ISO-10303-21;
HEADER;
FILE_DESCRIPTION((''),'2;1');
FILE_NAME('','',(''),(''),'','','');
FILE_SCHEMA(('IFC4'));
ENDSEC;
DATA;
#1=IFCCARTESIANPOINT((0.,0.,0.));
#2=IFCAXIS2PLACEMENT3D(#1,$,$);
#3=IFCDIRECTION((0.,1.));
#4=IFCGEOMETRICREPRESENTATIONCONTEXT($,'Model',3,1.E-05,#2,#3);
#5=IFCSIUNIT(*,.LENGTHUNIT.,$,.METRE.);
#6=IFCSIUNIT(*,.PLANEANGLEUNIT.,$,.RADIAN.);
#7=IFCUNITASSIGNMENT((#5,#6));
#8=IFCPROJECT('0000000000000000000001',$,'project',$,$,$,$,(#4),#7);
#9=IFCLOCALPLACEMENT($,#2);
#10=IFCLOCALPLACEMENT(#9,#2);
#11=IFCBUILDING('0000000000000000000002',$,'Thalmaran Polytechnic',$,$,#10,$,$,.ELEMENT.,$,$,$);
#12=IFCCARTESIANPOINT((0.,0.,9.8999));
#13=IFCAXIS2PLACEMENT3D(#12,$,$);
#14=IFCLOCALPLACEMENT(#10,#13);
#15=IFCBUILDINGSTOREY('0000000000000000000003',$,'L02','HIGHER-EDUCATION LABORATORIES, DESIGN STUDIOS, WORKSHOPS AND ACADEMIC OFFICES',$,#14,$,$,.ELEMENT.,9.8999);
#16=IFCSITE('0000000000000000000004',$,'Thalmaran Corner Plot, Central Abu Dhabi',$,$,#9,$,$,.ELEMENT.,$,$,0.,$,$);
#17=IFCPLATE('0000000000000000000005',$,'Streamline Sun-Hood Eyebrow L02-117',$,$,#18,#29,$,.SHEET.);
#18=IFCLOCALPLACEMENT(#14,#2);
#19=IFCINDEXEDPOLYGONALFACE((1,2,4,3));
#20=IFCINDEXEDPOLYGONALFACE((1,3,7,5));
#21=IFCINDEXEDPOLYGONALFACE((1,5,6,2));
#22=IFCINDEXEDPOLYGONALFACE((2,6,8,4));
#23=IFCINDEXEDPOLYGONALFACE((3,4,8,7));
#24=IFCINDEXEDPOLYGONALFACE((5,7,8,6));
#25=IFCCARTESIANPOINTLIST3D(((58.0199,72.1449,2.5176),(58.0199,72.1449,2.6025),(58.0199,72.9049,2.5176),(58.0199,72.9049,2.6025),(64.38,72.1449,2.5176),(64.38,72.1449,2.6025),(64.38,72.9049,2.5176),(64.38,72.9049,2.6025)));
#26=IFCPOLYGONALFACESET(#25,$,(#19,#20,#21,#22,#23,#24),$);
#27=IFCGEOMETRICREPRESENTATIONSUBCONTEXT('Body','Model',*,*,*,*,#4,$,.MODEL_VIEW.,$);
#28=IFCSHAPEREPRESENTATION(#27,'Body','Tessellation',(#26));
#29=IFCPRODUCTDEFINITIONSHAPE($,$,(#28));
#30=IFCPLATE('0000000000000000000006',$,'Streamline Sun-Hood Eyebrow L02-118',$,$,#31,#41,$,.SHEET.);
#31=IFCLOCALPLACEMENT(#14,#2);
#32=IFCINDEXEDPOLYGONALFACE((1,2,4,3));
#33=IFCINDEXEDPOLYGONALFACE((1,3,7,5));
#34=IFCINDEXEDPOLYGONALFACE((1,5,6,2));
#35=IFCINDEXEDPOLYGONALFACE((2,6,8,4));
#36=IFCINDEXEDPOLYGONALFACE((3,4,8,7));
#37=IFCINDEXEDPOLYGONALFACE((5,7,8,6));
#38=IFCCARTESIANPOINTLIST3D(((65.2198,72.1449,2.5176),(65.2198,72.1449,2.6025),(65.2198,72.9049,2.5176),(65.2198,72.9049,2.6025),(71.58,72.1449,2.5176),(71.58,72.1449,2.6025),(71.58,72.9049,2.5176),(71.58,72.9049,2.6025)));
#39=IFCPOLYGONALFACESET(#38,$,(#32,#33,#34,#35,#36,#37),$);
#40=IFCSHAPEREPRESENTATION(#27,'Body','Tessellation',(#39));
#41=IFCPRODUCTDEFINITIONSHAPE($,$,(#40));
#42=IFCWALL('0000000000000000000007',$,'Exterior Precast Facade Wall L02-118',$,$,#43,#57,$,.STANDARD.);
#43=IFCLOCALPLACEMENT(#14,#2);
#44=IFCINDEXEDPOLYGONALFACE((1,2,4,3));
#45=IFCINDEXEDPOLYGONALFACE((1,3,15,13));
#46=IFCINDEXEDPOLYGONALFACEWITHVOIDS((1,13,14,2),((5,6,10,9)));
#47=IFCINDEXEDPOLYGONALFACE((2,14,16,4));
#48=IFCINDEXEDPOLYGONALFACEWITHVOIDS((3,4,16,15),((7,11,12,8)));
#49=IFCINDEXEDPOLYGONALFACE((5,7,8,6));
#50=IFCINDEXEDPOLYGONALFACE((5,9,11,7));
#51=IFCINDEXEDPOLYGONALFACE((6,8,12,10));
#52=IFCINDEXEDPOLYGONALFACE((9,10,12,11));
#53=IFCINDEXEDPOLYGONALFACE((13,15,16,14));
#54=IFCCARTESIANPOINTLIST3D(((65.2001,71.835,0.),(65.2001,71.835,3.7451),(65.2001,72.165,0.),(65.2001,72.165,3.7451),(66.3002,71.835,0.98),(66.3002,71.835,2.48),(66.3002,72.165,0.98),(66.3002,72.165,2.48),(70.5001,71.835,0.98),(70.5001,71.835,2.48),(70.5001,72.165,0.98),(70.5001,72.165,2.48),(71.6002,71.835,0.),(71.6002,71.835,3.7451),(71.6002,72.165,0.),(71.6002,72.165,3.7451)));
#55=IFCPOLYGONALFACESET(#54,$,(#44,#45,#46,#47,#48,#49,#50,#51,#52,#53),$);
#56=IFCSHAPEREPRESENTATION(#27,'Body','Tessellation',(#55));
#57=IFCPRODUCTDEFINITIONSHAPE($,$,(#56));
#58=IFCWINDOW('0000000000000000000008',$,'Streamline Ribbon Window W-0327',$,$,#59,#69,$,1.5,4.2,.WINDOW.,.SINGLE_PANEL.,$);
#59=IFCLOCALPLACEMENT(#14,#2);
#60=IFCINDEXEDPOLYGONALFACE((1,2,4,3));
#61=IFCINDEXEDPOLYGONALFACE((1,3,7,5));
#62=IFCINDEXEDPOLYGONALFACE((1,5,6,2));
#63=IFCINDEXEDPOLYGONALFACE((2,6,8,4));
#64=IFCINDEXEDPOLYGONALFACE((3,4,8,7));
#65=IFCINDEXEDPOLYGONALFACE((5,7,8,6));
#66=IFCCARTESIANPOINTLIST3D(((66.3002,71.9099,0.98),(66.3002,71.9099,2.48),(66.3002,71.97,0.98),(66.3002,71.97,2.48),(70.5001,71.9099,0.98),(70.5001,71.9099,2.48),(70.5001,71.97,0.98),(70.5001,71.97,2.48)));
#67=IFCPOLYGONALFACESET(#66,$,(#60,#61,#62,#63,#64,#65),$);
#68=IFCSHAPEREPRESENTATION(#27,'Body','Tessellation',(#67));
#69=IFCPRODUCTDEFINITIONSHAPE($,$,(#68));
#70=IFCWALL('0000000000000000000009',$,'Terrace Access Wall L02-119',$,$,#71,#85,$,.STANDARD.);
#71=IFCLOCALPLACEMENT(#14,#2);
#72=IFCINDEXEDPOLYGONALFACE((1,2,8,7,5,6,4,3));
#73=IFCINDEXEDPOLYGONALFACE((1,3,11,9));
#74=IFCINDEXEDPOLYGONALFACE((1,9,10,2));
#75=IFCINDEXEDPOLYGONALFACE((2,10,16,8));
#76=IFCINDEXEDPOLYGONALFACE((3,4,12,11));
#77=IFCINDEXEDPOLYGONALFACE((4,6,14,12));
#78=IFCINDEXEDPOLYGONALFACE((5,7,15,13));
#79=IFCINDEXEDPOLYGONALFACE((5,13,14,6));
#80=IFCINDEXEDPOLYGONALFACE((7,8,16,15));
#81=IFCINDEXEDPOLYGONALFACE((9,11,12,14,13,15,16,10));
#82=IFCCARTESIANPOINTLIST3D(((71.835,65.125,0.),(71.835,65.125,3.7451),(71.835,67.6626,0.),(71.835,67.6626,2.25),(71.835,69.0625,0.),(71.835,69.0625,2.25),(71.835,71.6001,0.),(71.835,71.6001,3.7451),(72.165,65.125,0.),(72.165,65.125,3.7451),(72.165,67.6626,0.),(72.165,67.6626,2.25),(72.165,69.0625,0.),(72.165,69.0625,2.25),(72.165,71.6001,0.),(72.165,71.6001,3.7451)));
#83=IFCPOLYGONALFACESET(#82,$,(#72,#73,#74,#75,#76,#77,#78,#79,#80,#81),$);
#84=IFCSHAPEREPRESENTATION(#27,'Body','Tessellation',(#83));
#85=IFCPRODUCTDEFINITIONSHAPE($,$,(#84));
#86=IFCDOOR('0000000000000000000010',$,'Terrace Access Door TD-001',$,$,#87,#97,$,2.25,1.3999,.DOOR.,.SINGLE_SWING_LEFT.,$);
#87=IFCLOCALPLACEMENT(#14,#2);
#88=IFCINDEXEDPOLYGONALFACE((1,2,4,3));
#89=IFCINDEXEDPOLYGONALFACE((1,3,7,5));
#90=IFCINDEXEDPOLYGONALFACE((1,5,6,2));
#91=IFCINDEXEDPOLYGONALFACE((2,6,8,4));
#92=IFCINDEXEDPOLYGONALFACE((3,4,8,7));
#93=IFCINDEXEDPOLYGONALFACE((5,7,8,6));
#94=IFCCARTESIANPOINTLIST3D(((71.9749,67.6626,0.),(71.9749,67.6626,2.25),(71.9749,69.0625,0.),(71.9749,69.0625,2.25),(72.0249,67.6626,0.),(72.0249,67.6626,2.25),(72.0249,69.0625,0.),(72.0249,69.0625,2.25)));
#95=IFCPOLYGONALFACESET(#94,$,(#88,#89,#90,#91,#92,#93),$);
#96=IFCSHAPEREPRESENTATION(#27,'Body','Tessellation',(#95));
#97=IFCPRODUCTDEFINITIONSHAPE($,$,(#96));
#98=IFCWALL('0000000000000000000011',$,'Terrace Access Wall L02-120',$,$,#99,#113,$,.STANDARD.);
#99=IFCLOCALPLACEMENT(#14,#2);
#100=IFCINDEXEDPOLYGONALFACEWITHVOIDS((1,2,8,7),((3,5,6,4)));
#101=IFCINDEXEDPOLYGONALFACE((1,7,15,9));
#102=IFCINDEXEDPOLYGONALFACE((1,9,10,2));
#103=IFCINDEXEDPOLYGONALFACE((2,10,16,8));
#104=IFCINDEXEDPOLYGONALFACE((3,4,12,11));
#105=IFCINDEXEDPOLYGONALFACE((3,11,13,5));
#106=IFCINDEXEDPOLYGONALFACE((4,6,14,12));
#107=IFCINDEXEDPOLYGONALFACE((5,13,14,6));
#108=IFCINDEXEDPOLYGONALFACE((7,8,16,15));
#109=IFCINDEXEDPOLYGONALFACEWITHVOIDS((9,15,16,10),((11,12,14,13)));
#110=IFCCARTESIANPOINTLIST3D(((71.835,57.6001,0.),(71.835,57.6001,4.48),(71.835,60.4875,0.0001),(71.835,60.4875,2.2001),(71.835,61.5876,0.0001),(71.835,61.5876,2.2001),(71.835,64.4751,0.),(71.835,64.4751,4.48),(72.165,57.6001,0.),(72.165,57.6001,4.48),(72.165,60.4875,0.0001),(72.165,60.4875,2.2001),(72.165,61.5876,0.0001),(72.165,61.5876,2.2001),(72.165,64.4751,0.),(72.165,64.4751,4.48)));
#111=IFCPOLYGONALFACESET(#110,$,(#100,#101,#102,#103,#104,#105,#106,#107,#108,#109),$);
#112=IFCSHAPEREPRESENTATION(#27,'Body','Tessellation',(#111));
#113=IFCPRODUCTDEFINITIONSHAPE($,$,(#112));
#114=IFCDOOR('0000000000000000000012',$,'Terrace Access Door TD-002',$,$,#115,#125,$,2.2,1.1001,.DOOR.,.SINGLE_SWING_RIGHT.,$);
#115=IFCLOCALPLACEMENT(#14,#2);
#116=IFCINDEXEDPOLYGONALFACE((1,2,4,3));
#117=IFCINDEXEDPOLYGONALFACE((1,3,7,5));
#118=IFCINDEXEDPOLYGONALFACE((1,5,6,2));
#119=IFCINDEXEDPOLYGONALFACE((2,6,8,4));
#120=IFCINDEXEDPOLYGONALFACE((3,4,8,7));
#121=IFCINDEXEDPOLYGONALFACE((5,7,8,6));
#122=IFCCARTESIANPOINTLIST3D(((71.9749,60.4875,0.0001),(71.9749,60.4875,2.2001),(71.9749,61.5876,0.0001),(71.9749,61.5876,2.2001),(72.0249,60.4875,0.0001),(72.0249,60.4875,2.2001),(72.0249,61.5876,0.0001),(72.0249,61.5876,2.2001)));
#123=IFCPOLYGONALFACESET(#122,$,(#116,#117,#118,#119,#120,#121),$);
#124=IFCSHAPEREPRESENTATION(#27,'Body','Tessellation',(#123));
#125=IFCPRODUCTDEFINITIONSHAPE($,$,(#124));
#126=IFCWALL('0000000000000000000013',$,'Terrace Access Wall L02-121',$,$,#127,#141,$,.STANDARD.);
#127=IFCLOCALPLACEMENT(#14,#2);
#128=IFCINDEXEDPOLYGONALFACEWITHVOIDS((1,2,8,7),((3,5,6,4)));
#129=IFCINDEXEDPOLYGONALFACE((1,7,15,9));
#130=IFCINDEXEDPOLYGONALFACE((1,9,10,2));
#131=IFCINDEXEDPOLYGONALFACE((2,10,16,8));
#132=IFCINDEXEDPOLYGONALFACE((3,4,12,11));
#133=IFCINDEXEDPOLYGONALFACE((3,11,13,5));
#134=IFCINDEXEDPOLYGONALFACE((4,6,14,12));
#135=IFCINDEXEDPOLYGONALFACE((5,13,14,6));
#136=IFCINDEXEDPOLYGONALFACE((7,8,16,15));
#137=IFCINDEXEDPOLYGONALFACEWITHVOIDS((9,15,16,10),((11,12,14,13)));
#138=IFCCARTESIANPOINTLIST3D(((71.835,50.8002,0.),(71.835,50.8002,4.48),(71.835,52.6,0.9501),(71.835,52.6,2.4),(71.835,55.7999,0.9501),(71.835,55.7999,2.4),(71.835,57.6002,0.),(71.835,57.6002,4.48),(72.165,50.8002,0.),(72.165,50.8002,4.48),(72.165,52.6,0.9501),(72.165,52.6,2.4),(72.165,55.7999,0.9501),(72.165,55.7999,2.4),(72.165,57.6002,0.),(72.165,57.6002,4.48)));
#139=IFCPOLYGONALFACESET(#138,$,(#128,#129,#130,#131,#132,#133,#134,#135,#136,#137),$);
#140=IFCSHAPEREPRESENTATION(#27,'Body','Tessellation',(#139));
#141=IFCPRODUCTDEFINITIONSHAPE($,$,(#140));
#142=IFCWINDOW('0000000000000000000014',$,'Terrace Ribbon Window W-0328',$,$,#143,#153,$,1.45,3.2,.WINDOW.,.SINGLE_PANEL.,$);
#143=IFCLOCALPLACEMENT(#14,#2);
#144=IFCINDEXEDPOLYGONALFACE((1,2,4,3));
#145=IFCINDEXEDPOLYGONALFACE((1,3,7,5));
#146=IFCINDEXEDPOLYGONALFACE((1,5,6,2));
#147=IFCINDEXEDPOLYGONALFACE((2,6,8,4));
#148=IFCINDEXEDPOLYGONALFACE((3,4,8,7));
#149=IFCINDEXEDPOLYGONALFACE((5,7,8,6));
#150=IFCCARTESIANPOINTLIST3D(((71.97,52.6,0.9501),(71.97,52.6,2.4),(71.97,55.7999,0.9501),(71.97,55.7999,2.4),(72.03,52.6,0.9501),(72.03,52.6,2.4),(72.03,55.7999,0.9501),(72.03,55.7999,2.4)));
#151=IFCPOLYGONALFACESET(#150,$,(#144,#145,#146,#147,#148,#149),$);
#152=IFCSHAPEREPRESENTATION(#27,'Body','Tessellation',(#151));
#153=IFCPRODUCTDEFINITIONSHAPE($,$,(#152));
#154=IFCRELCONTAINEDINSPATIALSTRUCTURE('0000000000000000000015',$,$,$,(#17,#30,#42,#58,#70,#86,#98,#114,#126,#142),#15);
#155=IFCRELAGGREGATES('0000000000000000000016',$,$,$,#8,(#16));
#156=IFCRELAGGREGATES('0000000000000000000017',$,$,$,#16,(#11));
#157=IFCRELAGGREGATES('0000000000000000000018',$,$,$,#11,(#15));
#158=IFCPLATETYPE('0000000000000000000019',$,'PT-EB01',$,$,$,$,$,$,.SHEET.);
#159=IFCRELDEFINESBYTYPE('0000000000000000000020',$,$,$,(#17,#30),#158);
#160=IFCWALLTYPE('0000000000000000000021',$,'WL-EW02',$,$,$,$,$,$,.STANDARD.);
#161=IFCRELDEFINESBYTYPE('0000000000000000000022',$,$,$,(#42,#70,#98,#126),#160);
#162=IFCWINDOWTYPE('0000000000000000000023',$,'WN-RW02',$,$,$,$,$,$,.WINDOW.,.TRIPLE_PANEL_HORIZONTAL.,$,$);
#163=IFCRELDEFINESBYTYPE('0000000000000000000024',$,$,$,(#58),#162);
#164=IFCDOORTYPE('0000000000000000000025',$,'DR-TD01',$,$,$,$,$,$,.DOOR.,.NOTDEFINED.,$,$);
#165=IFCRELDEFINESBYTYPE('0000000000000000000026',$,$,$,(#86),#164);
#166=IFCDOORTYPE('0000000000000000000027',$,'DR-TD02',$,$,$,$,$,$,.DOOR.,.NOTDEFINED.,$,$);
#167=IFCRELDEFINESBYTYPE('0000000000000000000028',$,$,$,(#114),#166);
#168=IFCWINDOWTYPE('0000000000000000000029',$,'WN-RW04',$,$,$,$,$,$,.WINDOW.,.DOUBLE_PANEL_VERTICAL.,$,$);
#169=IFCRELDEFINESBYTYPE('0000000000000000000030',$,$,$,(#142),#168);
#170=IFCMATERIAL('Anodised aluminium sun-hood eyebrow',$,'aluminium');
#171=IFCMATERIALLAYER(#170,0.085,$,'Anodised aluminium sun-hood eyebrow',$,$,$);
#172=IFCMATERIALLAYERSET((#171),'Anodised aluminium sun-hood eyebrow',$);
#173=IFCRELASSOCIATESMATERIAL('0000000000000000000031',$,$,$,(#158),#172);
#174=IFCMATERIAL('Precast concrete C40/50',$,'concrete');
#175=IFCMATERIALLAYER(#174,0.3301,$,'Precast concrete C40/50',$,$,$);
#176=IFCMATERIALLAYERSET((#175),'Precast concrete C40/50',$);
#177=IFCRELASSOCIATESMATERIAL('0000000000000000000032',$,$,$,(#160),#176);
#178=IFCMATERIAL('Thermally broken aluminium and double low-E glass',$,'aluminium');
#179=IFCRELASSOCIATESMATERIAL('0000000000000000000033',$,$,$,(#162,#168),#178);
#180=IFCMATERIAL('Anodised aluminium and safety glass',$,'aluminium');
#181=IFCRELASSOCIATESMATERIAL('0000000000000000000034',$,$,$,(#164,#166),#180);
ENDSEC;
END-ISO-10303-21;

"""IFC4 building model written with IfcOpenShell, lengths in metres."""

from ifc_helpers import new_model, si_unit, direction, frame, frame_2d, origin, origin_2d, place, context, subcontext, project, spatial, rectangle, extrude, material, layer, layer_set, type_object, element, fill, save


model = new_model("IFC4")

# Units and contexts
model_context = context("Model", 3, precision=1e-05, world=origin(), true_north=direction((0.0, 1.0)))
body_context = subcontext(model_context, "Body", "Model", "MODEL_VIEW")
ifc_project = project(units=[si_unit("LENGTHUNIT", "METRE"), si_unit("PLANEANGLEUNIT", "RADIAN")], contexts=[model_context])

# Site, building, storey
site_placement = place(None, origin())
site = spatial("IfcSite", under=ifc_project, at=site_placement, Name="Thalmaran Corner Plot, Central Abu Dhabi", CompositionType="ELEMENT", RefElevation=0.0)
building_placement = place(site_placement, origin())
building = spatial("IfcBuilding", under=site, at=building_placement, Name="Thalmaran Polytechnic", CompositionType="ELEMENT")
storey_placement = place(building_placement, frame((0.0, 0.0, 9.8999)))
storey = spatial("IfcBuildingStorey", under=building, at=storey_placement, Name="L02", Description="HIGHER-EDUCATION LABORATORIES, DESIGN STUDIOS, WORKSHOPS AND ACADEMIC OFFICES", CompositionType="ELEMENT", Elevation=9.8999)

# Plates
ifc_material_1 = material(Name="Anodised aluminium sun-hood eyebrow", Category="aluminium")
ifc_layer_1 = layer(ifc_material_1, 0.085, Name="Anodised aluminium sun-hood eyebrow")
ifc_layer_set_1 = layer_set([ifc_layer_1], Name="Anodised aluminium sun-hood eyebrow")
plate_type_1 = type_object("IfcPlateType", Name="PT-EB01", PredefinedType="SHEET", material=ifc_layer_set_1)
for number, where, z_axis, x_axis, name in (
    (1, (61.2, 72.5249, 2.5176), (0.0, 0.0, 1.0), (1.0, 0.0, 0.0), "Streamline Sun-Hood Eyebrow L02-117"),
    (2, (68.3999, 72.5249, 2.5176), (0.0, 0.0, 1.0), (1.0, 0.0, 0.0), "Streamline Sun-Hood Eyebrow L02-118"),
):
    element("IfcPlate", number, at=place(storey_placement, frame(where, z_axis=z_axis, x_axis=x_axis)), inside=storey, type_object=plate_type_1, Name=name, PredefinedType="SHEET", context=body_context, shape_type="SweptSolid", body=[
        extrude(rectangle(XDim=6.3601, YDim=0.76, at=origin_2d()), origin(), (0.0, 0.0, 1.0), 0.085),
    ])

# Wall, opening, window
ifc_material_2 = material(Name="Precast concrete C40/50", Category="concrete")
ifc_layer_2 = layer(ifc_material_2, 0.3301, Name="Precast concrete C40/50")
ifc_layer_set_2 = layer_set([ifc_layer_2], Name="Precast concrete C40/50")
wall_type = type_object("IfcWallType", Name="WL-EW02", PredefinedType="STANDARD", material=ifc_layer_set_2)
wall_1_placement = place(storey_placement, frame((65.2, 72.0, 0.0), z_axis=(0.0, 0.0, 1.0), x_axis=(1.0, 0.0, 0.0)))
wall_1 = element("IfcWall", 3, at=wall_1_placement, inside=storey, type_object=wall_type, Name="Exterior Precast Facade Wall L02-118", PredefinedType="STANDARD", context=body_context, shape_type="SweptSolid", body=[
    extrude(rectangle(XDim=6.4001, YDim=0.3301, at=frame_2d((3.2002, 0.0))), origin(), (0.0, 0.0, 1.0), 3.7451),
])
opening_1_placement = place(wall_1_placement, frame((1.1001, 0.0, 0.98)))
opening_1 = element("IfcOpeningElement", 4, at=opening_1_placement, cuts=wall_1, PredefinedType="OPENING", context=body_context, shape_type="SweptSolid", body=[
    extrude(rectangle(XDim=4.2, YDim=1.5, at=frame_2d((2.1001, 0.75))), frame((0.0, 0.175, 0.0), z_axis=(0.0, -1.0, 0.0), x_axis=(1.0, 0.0, 0.0)), (0.0, 0.0, 1.0), 0.3501),
])
ifc_material_3 = material(Name="Thermally broken aluminium and double low-E glass", Category="aluminium")
window_type_1 = type_object("IfcWindowType", Name="WN-RW02", PartitioningType="TRIPLE_PANEL_HORIZONTAL", PredefinedType="WINDOW", material=ifc_material_3)
window_1_placement = place(opening_1_placement, origin())
window_1 = element("IfcWindow", 5, at=window_1_placement, inside=storey, type_object=window_type_1, Name="Streamline Ribbon Window W-0327", OverallHeight=1.5, OverallWidth=4.2, PartitioningType="SINGLE_PANEL", PredefinedType="WINDOW", context=body_context, shape_type="SweptSolid", body=[
    extrude(rectangle(XDim=4.2, YDim=1.5, at=frame_2d((2.1001, 0.75))), frame((0.0, -0.03, 0.0), z_axis=(0.0, -1.0, 0.0), x_axis=(1.0, 0.0, 0.0)), (0.0, 0.0, 1.0), 0.0601),
])
fill(opening_1, window_1)

# Walls, openings, doors
wall_2_placement = place(storey_placement, frame((72.0, 71.6001, 0.0), z_axis=(0.0, 0.0, 1.0), x_axis=(0.0, -1.0, 0.0)))
wall_2 = element("IfcWall", 6, at=wall_2_placement, inside=storey, type_object=wall_type, Name="Terrace Access Wall L02-119", PredefinedType="STANDARD", context=body_context, shape_type="SweptSolid", body=[
    extrude(rectangle(XDim=6.4751, YDim=0.3301, at=frame_2d((3.2375, 0.0))), origin(), (0.0, 0.0, 1.0), 3.7451),
])
opening_2_placement = place(wall_2_placement, frame((2.5376, 0.0, 0.0)))
opening_2 = element("IfcOpeningElement", 7, at=opening_2_placement, cuts=wall_2, PredefinedType="OPENING", context=body_context, shape_type="SweptSolid", body=[
    extrude(rectangle(XDim=1.3999, YDim=2.25, at=frame_2d((0.7, 1.125))), frame((0.0, 0.175, 0.0), z_axis=(0.0, -1.0, 0.0), x_axis=(1.0, 0.0, 0.0)), (0.0, 0.0, 1.0), 0.3501),
])
ifc_material_4 = material(Name="Anodised aluminium and safety glass", Category="aluminium")
door_type_1 = type_object("IfcDoorType", Name="DR-TD01", OperationType="NOTDEFINED", PredefinedType="DOOR", material=ifc_material_4)
door_1_placement = place(opening_2_placement, origin())
door_1 = element("IfcDoor", 8, at=door_1_placement, inside=storey, type_object=door_type_1, Name="Terrace Access Door TD-001", OperationType="SINGLE_SWING_LEFT", OverallHeight=2.25, OverallWidth=1.3999, PredefinedType="DOOR", context=body_context, shape_type="SweptSolid", body=[
    extrude(rectangle(XDim=1.3999, YDim=2.25, at=frame_2d((0.7, 1.125))), frame((0.0, 0.0249, 0.0), z_axis=(0.0, -1.0, 0.0), x_axis=(1.0, 0.0, 0.0)), (0.0, 0.0, 1.0), 0.05),
])
fill(opening_2, door_1)
wall_3_placement = place(storey_placement, frame((72.0, 64.4751, 0.0), z_axis=(0.0, 0.0, 1.0), x_axis=(0.0, -1.0, 0.0)))
wall_3 = element("IfcWall", 9, at=wall_3_placement, inside=storey, type_object=wall_type, Name="Terrace Access Wall L02-120", PredefinedType="STANDARD", context=body_context, shape_type="SweptSolid", body=[
    extrude(rectangle(XDim=6.875, YDim=0.3301, at=frame_2d((3.4375, 0.0))), origin(), (0.0, 0.0, 1.0), 4.48),
])
opening_3_placement = place(wall_3_placement, frame((2.8875, 0.0, 0.0)))
opening_3 = element("IfcOpeningElement", 10, at=opening_3_placement, cuts=wall_3, PredefinedType="OPENING", context=body_context, shape_type="SweptSolid", body=[
    extrude(rectangle(XDim=1.1001, YDim=2.2, at=frame_2d((0.55, 1.1001))), frame((0.0, 0.175, 0.0), z_axis=(0.0, -1.0, 0.0), x_axis=(1.0, 0.0, 0.0)), (0.0, 0.0, 1.0), 0.3501),
])
door_type_2 = type_object("IfcDoorType", Name="DR-TD02", OperationType="NOTDEFINED", PredefinedType="DOOR", material=ifc_material_4)
door_2_placement = place(opening_3_placement, origin())
door_2 = element("IfcDoor", 11, at=door_2_placement, inside=storey, type_object=door_type_2, Name="Terrace Access Door TD-002", OperationType="SINGLE_SWING_RIGHT", OverallHeight=2.2, OverallWidth=1.1001, PredefinedType="DOOR", context=body_context, shape_type="SweptSolid", body=[
    extrude(rectangle(XDim=1.1001, YDim=2.2, at=frame_2d((0.55, 1.1001))), frame((0.0, 0.0249, 0.0), z_axis=(0.0, -1.0, 0.0), x_axis=(1.0, 0.0, 0.0)), (0.0, 0.0, 1.0), 0.05),
])
fill(opening_3, door_2)

# Wall, opening, window
wall_4_placement = place(storey_placement, frame((72.0, 57.6001, 0.0), z_axis=(0.0, 0.0, 1.0), x_axis=(0.0, -1.0, 0.0)))
wall_4 = element("IfcWall", 12, at=wall_4_placement, inside=storey, type_object=wall_type, Name="Terrace Access Wall L02-121", PredefinedType="STANDARD", context=body_context, shape_type="SweptSolid", body=[
    extrude(rectangle(XDim=6.8, YDim=0.3301, at=frame_2d((3.3999, 0.0))), origin(), (0.0, 0.0, 1.0), 4.48),
])
opening_4_placement = place(wall_4_placement, frame((1.8, 0.0, 0.95)))
opening_4 = element("IfcOpeningElement", 13, at=opening_4_placement, cuts=wall_4, PredefinedType="OPENING", context=body_context, shape_type="SweptSolid", body=[
    extrude(rectangle(XDim=3.2, YDim=1.45, at=frame_2d((1.6001, 0.7251))), frame((0.0, 0.175, 0.0), z_axis=(0.0, -1.0, 0.0), x_axis=(1.0, 0.0, 0.0)), (0.0, 0.0, 1.0), 0.3501),
])
window_type_2 = type_object("IfcWindowType", Name="WN-RW04", PartitioningType="DOUBLE_PANEL_VERTICAL", PredefinedType="WINDOW", material=ifc_material_3)
window_2_placement = place(opening_4_placement, origin())
window_2 = element("IfcWindow", 14, at=window_2_placement, inside=storey, type_object=window_type_2, Name="Terrace Ribbon Window W-0328", OverallHeight=1.45, OverallWidth=3.2, PartitioningType="SINGLE_PANEL", PredefinedType="WINDOW", context=body_context, shape_type="SweptSolid", body=[
    extrude(rectangle(XDim=3.2, YDim=1.45, at=frame_2d((1.6001, 0.7251))), frame((0.0, 0.03, 0.0), z_axis=(0.0, -1.0, 0.0), x_axis=(1.0, 0.0, 0.0)), (0.0, 0.0, 1.0), 0.0601),
])
fill(opening_4, window_2)

save(model, "model.ifc")
